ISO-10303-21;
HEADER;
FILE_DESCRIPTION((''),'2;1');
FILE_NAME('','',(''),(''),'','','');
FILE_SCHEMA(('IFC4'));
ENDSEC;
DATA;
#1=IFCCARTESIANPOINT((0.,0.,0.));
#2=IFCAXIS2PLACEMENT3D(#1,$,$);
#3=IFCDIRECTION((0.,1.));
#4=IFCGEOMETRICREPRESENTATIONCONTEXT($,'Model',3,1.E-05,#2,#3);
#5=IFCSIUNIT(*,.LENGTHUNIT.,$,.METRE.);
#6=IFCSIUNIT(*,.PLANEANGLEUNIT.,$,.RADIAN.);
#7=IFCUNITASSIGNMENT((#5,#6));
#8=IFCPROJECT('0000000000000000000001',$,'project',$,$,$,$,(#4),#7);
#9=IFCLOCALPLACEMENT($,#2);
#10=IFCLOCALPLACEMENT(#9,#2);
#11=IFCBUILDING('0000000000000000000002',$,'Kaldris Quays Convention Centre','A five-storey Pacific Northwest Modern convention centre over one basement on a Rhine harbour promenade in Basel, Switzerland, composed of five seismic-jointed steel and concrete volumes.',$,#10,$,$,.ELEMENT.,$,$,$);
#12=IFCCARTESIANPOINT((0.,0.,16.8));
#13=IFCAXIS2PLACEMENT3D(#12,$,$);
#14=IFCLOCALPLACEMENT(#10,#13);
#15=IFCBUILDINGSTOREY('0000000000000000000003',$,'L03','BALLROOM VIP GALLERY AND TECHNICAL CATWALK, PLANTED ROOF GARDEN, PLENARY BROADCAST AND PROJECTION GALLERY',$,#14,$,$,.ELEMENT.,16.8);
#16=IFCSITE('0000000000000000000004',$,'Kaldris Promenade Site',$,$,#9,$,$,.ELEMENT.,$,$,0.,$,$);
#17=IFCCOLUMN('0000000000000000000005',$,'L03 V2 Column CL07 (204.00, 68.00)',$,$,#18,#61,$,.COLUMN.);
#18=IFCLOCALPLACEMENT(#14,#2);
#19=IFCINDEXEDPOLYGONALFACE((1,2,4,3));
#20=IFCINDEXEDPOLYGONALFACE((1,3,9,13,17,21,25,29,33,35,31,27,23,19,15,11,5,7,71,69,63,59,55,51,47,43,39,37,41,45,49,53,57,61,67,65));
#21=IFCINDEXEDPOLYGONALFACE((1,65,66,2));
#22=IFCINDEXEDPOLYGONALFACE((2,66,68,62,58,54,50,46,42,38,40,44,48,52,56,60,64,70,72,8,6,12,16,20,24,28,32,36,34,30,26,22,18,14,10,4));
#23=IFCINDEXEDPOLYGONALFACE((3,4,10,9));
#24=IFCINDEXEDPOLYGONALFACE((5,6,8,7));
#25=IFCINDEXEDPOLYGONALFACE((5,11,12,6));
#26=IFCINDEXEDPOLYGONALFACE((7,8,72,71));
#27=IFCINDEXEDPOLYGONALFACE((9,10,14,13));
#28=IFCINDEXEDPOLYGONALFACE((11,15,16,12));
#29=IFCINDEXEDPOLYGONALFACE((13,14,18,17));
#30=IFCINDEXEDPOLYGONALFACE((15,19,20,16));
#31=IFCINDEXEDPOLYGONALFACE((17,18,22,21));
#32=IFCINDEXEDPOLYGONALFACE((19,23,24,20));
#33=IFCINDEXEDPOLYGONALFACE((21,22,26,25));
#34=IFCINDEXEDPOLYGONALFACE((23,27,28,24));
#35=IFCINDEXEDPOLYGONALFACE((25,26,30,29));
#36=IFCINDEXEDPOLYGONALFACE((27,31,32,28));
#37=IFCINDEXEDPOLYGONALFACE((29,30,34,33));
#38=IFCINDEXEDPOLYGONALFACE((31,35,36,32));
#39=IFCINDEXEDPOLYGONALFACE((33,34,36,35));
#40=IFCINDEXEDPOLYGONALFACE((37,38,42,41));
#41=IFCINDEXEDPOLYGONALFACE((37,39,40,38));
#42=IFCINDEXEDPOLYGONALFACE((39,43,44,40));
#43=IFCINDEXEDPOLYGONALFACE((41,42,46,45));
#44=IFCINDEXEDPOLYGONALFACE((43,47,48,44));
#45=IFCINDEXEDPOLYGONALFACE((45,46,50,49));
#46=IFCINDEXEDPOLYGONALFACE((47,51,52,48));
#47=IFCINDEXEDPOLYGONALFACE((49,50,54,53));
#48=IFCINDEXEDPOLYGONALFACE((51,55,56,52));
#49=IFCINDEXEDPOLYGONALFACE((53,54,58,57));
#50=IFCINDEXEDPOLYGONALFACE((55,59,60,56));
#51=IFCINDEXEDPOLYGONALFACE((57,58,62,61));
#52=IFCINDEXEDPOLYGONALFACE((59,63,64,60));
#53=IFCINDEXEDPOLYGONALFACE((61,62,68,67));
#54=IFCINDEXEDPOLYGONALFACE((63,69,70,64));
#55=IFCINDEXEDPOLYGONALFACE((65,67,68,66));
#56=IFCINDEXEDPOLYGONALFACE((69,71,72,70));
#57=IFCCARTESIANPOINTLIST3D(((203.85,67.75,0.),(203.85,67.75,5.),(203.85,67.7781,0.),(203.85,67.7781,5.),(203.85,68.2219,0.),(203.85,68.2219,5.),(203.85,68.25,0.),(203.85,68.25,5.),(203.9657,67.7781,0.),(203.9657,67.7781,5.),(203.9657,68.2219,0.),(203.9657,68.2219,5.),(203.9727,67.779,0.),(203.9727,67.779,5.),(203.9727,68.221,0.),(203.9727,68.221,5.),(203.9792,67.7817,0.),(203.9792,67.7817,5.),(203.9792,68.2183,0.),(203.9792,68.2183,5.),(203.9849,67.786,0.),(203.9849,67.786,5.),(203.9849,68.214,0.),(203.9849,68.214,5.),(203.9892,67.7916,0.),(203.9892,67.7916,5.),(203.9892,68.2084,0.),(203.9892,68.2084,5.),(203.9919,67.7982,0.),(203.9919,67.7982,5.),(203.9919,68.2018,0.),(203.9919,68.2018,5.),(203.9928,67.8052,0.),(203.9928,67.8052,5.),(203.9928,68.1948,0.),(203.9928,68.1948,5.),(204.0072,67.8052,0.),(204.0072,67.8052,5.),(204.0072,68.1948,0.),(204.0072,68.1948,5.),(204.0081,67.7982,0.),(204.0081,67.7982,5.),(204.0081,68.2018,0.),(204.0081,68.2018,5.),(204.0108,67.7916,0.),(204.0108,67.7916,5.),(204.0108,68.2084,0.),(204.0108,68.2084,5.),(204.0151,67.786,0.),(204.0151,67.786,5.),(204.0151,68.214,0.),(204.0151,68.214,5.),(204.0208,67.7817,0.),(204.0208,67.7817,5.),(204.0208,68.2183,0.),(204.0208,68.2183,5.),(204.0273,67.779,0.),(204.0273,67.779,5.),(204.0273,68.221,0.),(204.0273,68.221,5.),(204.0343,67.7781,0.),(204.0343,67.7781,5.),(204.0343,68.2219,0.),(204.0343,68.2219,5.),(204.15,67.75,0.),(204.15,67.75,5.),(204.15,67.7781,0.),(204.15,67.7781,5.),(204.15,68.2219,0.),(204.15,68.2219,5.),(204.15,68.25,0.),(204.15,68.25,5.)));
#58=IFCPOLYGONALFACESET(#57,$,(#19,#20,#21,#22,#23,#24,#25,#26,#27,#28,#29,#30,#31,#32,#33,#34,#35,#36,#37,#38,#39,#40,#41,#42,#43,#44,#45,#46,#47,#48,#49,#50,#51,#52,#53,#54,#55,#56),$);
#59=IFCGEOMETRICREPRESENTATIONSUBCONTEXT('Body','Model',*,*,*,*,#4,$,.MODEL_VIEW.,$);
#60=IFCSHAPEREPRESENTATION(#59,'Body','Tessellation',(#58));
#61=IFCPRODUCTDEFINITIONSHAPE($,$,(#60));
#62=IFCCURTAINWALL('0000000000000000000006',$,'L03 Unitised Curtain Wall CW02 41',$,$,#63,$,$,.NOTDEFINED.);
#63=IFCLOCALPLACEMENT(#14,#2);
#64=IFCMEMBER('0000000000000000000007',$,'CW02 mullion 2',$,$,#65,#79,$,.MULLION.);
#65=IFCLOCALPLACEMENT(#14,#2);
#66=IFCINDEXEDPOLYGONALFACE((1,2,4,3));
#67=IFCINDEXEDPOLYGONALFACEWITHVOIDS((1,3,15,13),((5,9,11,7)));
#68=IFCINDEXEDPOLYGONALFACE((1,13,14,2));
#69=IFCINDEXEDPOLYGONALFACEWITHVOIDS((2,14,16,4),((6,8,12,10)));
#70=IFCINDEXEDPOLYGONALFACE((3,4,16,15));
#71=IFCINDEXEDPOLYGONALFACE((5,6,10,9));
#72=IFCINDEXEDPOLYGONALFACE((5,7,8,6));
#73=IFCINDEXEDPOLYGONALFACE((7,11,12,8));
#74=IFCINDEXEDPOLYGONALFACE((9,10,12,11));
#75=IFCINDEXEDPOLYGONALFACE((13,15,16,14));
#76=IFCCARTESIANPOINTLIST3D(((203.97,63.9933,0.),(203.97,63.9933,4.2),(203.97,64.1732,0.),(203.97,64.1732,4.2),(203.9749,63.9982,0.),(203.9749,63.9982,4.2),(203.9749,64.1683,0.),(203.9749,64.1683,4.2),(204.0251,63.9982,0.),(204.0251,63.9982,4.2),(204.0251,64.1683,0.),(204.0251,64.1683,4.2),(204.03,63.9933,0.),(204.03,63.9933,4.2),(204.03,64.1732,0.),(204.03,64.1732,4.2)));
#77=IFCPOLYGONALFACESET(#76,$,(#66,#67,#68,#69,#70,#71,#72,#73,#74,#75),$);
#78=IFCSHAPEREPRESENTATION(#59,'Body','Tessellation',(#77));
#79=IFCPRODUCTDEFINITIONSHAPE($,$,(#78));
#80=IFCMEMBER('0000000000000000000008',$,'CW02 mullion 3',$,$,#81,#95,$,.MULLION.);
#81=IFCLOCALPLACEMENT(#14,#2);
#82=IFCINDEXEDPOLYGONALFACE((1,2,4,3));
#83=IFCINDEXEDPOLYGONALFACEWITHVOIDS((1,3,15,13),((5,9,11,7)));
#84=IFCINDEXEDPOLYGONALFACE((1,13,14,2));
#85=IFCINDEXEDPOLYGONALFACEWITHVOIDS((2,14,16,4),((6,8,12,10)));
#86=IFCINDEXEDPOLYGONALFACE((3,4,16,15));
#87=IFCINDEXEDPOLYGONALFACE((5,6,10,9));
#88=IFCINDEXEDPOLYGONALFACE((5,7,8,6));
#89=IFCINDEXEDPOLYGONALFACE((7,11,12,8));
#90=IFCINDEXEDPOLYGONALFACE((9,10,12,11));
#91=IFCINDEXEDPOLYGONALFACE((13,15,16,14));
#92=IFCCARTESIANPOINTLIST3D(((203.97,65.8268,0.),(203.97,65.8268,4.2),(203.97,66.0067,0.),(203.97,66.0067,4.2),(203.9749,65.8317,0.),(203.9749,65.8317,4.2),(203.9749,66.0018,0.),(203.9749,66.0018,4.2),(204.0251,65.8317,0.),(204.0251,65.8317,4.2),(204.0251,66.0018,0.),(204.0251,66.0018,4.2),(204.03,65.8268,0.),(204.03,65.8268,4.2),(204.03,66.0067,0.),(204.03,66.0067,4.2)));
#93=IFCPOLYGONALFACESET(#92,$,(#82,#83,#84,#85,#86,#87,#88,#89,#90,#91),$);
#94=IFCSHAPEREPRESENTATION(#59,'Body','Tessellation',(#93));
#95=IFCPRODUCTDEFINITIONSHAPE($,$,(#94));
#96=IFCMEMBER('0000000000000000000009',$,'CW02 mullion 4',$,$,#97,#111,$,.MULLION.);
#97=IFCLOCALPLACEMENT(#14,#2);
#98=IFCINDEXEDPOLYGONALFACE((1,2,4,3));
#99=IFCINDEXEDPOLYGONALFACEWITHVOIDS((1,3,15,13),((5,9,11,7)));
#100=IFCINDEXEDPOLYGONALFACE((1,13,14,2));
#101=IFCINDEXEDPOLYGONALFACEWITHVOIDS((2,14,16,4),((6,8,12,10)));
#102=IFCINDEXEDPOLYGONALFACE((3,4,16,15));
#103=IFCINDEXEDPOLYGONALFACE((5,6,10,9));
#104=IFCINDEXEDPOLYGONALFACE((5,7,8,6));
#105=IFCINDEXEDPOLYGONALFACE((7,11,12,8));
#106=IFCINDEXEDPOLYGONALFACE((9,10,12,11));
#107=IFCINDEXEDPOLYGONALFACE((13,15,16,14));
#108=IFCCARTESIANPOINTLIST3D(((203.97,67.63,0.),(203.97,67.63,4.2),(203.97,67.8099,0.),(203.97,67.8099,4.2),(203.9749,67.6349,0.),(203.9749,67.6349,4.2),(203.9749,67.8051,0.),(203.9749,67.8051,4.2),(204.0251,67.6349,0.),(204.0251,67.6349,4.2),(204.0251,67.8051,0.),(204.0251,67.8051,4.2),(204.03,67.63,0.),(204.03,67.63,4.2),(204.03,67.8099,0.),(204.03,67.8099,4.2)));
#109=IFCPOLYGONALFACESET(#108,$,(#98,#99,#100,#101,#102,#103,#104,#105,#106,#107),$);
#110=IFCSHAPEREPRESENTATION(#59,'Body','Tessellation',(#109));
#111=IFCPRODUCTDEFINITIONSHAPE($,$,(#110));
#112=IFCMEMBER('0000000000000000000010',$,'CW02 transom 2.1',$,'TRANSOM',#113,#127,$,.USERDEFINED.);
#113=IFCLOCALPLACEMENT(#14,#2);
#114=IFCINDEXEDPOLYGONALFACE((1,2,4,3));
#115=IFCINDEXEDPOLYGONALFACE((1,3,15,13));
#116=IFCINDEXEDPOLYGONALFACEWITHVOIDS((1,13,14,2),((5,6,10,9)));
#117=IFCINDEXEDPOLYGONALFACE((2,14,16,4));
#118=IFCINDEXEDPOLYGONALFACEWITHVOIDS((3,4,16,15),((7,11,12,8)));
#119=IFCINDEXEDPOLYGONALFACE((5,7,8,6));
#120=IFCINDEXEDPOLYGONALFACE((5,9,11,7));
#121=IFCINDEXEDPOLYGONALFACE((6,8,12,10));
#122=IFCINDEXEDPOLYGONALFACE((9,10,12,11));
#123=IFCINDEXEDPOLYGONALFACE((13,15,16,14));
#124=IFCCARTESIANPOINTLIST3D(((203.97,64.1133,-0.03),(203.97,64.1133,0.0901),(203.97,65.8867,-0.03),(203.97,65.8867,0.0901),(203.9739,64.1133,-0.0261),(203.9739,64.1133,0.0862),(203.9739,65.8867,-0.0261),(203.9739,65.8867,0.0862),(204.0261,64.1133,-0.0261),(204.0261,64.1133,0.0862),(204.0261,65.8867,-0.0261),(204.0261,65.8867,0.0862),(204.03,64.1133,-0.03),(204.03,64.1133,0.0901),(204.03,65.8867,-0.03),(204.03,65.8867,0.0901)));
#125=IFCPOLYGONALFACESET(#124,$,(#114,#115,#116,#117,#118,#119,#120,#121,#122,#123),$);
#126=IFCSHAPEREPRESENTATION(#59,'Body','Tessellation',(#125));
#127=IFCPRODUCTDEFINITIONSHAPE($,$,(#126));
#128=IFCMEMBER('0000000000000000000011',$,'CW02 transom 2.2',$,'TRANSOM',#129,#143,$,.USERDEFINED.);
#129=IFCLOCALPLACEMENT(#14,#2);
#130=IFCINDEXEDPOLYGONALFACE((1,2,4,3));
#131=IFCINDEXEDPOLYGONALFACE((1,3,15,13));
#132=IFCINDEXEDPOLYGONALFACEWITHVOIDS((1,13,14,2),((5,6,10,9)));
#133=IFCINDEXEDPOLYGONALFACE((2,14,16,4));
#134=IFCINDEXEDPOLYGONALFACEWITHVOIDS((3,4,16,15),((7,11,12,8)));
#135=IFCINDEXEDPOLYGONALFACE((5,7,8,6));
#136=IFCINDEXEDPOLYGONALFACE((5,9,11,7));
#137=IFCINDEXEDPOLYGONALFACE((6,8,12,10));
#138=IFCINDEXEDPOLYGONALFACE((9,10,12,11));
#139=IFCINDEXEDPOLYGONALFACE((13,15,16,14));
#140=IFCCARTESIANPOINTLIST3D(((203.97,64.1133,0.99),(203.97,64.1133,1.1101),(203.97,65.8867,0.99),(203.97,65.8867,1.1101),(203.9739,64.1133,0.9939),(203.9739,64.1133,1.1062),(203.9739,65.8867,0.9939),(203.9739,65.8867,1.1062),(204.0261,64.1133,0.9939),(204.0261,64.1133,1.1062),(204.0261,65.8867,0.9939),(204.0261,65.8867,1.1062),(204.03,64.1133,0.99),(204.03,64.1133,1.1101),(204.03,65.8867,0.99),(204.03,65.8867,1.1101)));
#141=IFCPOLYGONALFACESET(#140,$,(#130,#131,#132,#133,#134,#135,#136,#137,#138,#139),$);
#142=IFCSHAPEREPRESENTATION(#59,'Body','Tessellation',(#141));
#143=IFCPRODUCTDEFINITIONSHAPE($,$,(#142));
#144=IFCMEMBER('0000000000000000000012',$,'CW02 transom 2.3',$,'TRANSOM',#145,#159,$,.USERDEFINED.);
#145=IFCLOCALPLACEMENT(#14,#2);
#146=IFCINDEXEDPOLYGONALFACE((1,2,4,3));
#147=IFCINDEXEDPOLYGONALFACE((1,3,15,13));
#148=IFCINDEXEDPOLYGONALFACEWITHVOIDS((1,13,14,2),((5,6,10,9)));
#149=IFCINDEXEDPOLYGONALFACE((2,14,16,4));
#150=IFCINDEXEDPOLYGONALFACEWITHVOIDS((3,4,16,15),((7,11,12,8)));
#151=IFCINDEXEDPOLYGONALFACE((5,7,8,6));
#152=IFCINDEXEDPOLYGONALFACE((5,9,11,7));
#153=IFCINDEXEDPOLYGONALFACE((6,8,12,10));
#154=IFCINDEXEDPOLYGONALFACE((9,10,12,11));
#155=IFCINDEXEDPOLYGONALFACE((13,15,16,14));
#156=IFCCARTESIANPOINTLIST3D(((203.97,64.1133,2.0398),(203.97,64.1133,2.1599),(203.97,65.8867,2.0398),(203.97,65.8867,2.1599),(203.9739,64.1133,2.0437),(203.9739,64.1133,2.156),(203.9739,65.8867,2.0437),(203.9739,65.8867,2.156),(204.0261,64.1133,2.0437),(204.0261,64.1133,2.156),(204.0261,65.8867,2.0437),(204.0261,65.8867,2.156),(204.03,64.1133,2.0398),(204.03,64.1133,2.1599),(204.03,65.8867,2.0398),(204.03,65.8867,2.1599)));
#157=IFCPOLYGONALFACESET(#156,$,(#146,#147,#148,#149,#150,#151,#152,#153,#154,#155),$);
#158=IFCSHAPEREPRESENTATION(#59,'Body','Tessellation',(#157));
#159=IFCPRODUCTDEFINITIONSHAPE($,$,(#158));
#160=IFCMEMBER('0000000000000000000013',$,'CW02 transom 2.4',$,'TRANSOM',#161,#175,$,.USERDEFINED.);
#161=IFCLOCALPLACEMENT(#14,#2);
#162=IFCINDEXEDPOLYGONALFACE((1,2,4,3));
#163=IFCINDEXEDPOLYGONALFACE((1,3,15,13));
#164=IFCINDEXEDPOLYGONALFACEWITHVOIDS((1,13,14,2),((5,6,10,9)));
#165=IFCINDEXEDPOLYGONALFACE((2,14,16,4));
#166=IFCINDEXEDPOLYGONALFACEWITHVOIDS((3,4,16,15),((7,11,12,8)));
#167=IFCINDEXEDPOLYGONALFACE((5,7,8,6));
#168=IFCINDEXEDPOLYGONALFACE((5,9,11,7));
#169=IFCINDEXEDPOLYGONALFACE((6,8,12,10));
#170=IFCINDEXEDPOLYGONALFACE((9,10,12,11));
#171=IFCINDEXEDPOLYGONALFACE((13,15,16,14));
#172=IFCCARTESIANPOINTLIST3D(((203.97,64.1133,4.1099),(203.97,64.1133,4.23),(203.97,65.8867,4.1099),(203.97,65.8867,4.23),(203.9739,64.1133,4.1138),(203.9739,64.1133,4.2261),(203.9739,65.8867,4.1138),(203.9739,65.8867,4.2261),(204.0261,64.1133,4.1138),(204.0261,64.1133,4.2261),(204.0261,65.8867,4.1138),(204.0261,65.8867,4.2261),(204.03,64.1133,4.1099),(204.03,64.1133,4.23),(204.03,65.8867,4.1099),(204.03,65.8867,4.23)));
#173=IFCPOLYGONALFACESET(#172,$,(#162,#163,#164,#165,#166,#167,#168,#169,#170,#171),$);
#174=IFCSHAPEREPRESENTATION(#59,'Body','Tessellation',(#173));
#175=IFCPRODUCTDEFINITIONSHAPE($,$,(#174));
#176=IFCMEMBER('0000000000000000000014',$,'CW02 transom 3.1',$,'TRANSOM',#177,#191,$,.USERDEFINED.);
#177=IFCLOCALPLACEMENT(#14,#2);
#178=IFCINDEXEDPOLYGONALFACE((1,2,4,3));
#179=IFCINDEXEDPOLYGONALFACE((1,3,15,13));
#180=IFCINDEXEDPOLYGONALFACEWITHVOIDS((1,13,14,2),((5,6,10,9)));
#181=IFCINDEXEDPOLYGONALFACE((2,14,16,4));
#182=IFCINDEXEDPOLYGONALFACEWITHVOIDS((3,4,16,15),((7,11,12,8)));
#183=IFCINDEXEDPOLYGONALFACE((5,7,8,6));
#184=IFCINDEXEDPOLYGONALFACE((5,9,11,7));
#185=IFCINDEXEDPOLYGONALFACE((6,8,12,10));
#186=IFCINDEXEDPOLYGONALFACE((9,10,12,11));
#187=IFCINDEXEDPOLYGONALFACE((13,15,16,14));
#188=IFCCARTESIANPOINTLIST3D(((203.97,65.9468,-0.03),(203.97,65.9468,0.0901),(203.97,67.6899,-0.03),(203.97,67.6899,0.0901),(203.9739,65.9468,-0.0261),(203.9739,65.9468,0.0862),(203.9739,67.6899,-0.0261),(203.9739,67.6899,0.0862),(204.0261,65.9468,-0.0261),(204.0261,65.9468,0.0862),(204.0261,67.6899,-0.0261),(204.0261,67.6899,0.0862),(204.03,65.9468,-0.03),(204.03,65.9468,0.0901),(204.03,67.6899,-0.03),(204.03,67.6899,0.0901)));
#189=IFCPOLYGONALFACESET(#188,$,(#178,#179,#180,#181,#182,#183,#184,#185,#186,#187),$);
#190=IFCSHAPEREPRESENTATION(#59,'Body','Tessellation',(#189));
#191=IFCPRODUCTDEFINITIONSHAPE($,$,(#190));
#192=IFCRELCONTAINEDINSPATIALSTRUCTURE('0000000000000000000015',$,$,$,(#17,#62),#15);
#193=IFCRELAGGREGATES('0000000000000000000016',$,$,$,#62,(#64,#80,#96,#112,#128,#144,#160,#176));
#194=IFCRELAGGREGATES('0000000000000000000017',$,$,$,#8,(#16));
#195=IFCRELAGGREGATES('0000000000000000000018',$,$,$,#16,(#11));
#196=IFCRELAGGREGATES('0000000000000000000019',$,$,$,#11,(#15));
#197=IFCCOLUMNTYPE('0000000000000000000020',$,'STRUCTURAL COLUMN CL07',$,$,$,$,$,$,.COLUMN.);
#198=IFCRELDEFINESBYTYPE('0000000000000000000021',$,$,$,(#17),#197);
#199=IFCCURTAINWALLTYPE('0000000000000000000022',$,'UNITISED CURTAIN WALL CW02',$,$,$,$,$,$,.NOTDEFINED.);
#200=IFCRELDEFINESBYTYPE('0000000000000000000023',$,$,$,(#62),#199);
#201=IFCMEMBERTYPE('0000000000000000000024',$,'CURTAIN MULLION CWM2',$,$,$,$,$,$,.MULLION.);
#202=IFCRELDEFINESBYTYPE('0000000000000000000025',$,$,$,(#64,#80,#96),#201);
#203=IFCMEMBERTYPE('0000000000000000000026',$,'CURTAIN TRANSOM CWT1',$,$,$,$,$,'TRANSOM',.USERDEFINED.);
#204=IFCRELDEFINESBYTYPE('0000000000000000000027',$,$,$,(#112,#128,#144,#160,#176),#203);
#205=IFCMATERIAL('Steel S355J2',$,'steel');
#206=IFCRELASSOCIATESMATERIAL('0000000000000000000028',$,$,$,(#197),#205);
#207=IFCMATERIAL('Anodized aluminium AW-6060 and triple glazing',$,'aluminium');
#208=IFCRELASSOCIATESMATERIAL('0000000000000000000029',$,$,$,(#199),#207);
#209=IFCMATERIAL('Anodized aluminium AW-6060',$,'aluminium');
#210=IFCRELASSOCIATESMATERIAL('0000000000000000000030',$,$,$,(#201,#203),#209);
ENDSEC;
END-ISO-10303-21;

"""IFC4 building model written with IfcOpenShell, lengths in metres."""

from ifc_helpers import new_model, si_unit, direction, frame, origin, origin_2d, place, context, subcontext, project, spatial, hollow_rectangle, i_section, extrude, material, material_profile, profile_set, type_object, element, aggregate, save


model = new_model("IFC4")

# Units and contexts
model_context = context("Model", 3, precision=1e-05, world=origin(), true_north=direction((0.0, 1.0)))
body_context = subcontext(model_context, "Body", "Model", "MODEL_VIEW")
ifc_project = project(units=[si_unit("LENGTHUNIT", "METRE"), si_unit("PLANEANGLEUNIT", "RADIAN")], contexts=[model_context])

# Site, building, storey
site_placement = place(None, origin())
site = spatial("IfcSite", under=ifc_project, at=site_placement, Name="Kaldris Promenade Site", CompositionType="ELEMENT", RefElevation=0.0)
building_placement = place(site_placement, origin())
building = spatial("IfcBuilding", under=site, at=building_placement, Name="Kaldris Quays Convention Centre", Description="A five-storey Pacific Northwest Modern convention centre over one basement on a Rhine harbour promenade in Basel, Switzerland, composed of five seismic-jointed steel and concrete volumes.", CompositionType="ELEMENT")
storey_placement = place(building_placement, frame((0.0, 0.0, 16.8)))
storey = spatial("IfcBuildingStorey", under=building, at=storey_placement, Name="L03", Description="BALLROOM VIP GALLERY AND TECHNICAL CATWALK, PLANTED ROOF GARDEN, PLENARY BROADCAST AND PROJECTION GALLERY", CompositionType="ELEMENT", Elevation=16.8)

# Column
ifc_material_1 = material(Name="Steel S355J2", Category="steel")
ifc_material_profile_1 = material_profile(ifc_material_1, i_section(OverallWidth=0.3, OverallDepth=0.5, WebThickness=0.0144, FlangeThickness=0.0281, FilletRadius=0.0271, at=origin_2d()), Name="HEB 500")
ifc_profile_set_1 = profile_set([ifc_material_profile_1], Name="Steel S355J2")
column_type = type_object("IfcColumnType", Name="STRUCTURAL COLUMN CL07", PredefinedType="COLUMN", material=ifc_profile_set_1)
column_placement = place(storey_placement, frame((204.0, 68.0, 0.0), z_axis=(0.0, 0.0, 1.0), x_axis=(1.0, 0.0, 0.0)))
element("IfcColumn", 1, at=column_placement, inside=storey, type_object=column_type, Name="L03 V2 Column CL07 (204.00, 68.00)", PredefinedType="COLUMN", context=body_context, shape_type="SweptSolid", body=[
    extrude(i_section(OverallWidth=0.3, OverallDepth=0.5, WebThickness=0.0144, FlangeThickness=0.0281, FilletRadius=0.0271, at=origin_2d()), origin(), (0.0, 0.0, 1.0), 5.0),
])

# Curtain wall, members
ifc_material_2 = material(Name="Anodized aluminium AW-6060 and triple glazing", Category="aluminium")
curtain_wall_type = type_object("IfcCurtainWallType", Name="UNITISED CURTAIN WALL CW02", PredefinedType="NOTDEFINED", material=ifc_material_2)
curtain_wall_placement = place(storey_placement, origin())
curtain_wall = element("IfcCurtainWall", 2, at=curtain_wall_placement, inside=storey, type_object=curtain_wall_type, Name="L03 Unitised Curtain Wall CW02 41", PredefinedType="NOTDEFINED")
ifc_material_3 = material(Name="Anodized aluminium AW-6060", Category="aluminium")
ifc_material_profile_2 = material_profile(ifc_material_3, hollow_rectangle(XDim=0.0601, YDim=0.1799, WallThickness=0.0049, at=origin_2d()), Name="RHS 180x60x5")
ifc_profile_set_2 = profile_set([ifc_material_profile_2], Name="Anodized aluminium AW-6060")
member_type_1 = type_object("IfcMemberType", Name="CURTAIN MULLION CWM2", PredefinedType="MULLION", material=ifc_profile_set_2)
member_1_placement = place(storey_placement, frame((204.0, 64.0833, 0.0), z_axis=(0.0, 0.0, 1.0), x_axis=(-1.0, 0.0, 0.0)))
member_1 = element("IfcMember", 3, at=member_1_placement, type_object=member_type_1, Name="CW02 mullion 2", PredefinedType="MULLION", context=body_context, shape_type="SweptSolid", body=[
    extrude(hollow_rectangle(XDim=0.0601, YDim=0.1799, WallThickness=0.0049, at=origin_2d()), origin(), (0.0, 0.0, 1.0), 4.2),
])
member_2_placement = place(storey_placement, frame((204.0, 65.9167, 0.0), z_axis=(0.0, 0.0, 1.0), x_axis=(-1.0, 0.0, 0.0)))
member_2 = element("IfcMember", 4, at=member_2_placement, type_object=member_type_1, Name="CW02 mullion 3", PredefinedType="MULLION", context=body_context, shape_type="SweptSolid", body=[
    extrude(hollow_rectangle(XDim=0.0601, YDim=0.1799, WallThickness=0.0049, at=origin_2d()), origin(), (0.0, 0.0, 1.0), 4.2),
])
member_3_placement = place(storey_placement, frame((204.0, 67.72, 0.0), z_axis=(0.0, 0.0, 1.0), x_axis=(-1.0, 0.0, 0.0)))
member_3 = element("IfcMember", 5, at=member_3_placement, type_object=member_type_1, Name="CW02 mullion 4", PredefinedType="MULLION", context=body_context, shape_type="SweptSolid", body=[
    extrude(hollow_rectangle(XDim=0.0601, YDim=0.1799, WallThickness=0.0049, at=origin_2d()), origin(), (0.0, 0.0, 1.0), 4.2),
])
ifc_material_profile_3 = material_profile(ifc_material_3, hollow_rectangle(XDim=0.0601, YDim=0.1201, WallThickness=0.0039, at=origin_2d()), Name="RHS 120x60x4")
ifc_profile_set_3 = profile_set([ifc_material_profile_3], Name="Anodized aluminium AW-6060")
member_type_2 = type_object("IfcMemberType", Name="CURTAIN TRANSOM CWT1", ElementType="TRANSOM", PredefinedType="USERDEFINED", material=ifc_profile_set_3)
member_4_placement = place(storey_placement, frame((204.0, 64.1133, 0.03), z_axis=(0.0, 1.0, 0.0), x_axis=(-1.0, 0.0, 0.0)))
member_4 = element("IfcMember", 6, at=member_4_placement, type_object=member_type_2, Name="CW02 transom 2.1", ObjectType="TRANSOM", PredefinedType="USERDEFINED", context=body_context, shape_type="SweptSolid", body=[
    extrude(hollow_rectangle(XDim=0.0601, YDim=0.1201, WallThickness=0.0039, at=origin_2d()), origin(), (0.0, 0.0, 1.0), 1.7734),
])
member_5_placement = place(storey_placement, frame((204.0, 64.1133, 1.05), z_axis=(0.0, 1.0, 0.0), x_axis=(-1.0, 0.0, 0.0)))
member_5 = element("IfcMember", 7, at=member_5_placement, type_object=member_type_2, Name="CW02 transom 2.2", ObjectType="TRANSOM", PredefinedType="USERDEFINED", context=body_context, shape_type="SweptSolid", body=[
    extrude(hollow_rectangle(XDim=0.0601, YDim=0.1201, WallThickness=0.0039, at=origin_2d()), origin(), (0.0, 0.0, 1.0), 1.7734),
])
member_6_placement = place(storey_placement, frame((204.0, 64.1133, 2.0999), z_axis=(0.0, 1.0, 0.0), x_axis=(-1.0, 0.0, 0.0)))
member_6 = element("IfcMember", 8, at=member_6_placement, type_object=member_type_2, Name="CW02 transom 2.3", ObjectType="TRANSOM", PredefinedType="USERDEFINED", context=body_context, shape_type="SweptSolid", body=[
    extrude(hollow_rectangle(XDim=0.0601, YDim=0.1201, WallThickness=0.0039, at=origin_2d()), origin(), (0.0, 0.0, 1.0), 1.7734),
])
member_7_placement = place(storey_placement, frame((204.0, 64.1133, 4.1699), z_axis=(0.0, 1.0, 0.0), x_axis=(-1.0, 0.0, 0.0)))
member_7 = element("IfcMember", 9, at=member_7_placement, type_object=member_type_2, Name="CW02 transom 2.4", ObjectType="TRANSOM", PredefinedType="USERDEFINED", context=body_context, shape_type="SweptSolid", body=[
    extrude(hollow_rectangle(XDim=0.0601, YDim=0.1201, WallThickness=0.0039, at=origin_2d()), origin(), (0.0, 0.0, 1.0), 1.7734),
])
member_8_placement = place(storey_placement, frame((204.0, 65.9468, 0.03), z_axis=(0.0, 1.0, 0.0), x_axis=(-1.0, 0.0, 0.0)))
member_8 = element("IfcMember", 10, at=member_8_placement, type_object=member_type_2, Name="CW02 transom 3.1", ObjectType="TRANSOM", PredefinedType="USERDEFINED", context=body_context, shape_type="SweptSolid", body=[
    extrude(hollow_rectangle(XDim=0.0601, YDim=0.1201, WallThickness=0.0039, at=origin_2d()), origin(), (0.0, 0.0, 1.0), 1.7432),
])

aggregate(curtain_wall, [member_1, member_2, member_3, member_4, member_5, member_6, member_7, member_8])

save(model, "model.ifc")
